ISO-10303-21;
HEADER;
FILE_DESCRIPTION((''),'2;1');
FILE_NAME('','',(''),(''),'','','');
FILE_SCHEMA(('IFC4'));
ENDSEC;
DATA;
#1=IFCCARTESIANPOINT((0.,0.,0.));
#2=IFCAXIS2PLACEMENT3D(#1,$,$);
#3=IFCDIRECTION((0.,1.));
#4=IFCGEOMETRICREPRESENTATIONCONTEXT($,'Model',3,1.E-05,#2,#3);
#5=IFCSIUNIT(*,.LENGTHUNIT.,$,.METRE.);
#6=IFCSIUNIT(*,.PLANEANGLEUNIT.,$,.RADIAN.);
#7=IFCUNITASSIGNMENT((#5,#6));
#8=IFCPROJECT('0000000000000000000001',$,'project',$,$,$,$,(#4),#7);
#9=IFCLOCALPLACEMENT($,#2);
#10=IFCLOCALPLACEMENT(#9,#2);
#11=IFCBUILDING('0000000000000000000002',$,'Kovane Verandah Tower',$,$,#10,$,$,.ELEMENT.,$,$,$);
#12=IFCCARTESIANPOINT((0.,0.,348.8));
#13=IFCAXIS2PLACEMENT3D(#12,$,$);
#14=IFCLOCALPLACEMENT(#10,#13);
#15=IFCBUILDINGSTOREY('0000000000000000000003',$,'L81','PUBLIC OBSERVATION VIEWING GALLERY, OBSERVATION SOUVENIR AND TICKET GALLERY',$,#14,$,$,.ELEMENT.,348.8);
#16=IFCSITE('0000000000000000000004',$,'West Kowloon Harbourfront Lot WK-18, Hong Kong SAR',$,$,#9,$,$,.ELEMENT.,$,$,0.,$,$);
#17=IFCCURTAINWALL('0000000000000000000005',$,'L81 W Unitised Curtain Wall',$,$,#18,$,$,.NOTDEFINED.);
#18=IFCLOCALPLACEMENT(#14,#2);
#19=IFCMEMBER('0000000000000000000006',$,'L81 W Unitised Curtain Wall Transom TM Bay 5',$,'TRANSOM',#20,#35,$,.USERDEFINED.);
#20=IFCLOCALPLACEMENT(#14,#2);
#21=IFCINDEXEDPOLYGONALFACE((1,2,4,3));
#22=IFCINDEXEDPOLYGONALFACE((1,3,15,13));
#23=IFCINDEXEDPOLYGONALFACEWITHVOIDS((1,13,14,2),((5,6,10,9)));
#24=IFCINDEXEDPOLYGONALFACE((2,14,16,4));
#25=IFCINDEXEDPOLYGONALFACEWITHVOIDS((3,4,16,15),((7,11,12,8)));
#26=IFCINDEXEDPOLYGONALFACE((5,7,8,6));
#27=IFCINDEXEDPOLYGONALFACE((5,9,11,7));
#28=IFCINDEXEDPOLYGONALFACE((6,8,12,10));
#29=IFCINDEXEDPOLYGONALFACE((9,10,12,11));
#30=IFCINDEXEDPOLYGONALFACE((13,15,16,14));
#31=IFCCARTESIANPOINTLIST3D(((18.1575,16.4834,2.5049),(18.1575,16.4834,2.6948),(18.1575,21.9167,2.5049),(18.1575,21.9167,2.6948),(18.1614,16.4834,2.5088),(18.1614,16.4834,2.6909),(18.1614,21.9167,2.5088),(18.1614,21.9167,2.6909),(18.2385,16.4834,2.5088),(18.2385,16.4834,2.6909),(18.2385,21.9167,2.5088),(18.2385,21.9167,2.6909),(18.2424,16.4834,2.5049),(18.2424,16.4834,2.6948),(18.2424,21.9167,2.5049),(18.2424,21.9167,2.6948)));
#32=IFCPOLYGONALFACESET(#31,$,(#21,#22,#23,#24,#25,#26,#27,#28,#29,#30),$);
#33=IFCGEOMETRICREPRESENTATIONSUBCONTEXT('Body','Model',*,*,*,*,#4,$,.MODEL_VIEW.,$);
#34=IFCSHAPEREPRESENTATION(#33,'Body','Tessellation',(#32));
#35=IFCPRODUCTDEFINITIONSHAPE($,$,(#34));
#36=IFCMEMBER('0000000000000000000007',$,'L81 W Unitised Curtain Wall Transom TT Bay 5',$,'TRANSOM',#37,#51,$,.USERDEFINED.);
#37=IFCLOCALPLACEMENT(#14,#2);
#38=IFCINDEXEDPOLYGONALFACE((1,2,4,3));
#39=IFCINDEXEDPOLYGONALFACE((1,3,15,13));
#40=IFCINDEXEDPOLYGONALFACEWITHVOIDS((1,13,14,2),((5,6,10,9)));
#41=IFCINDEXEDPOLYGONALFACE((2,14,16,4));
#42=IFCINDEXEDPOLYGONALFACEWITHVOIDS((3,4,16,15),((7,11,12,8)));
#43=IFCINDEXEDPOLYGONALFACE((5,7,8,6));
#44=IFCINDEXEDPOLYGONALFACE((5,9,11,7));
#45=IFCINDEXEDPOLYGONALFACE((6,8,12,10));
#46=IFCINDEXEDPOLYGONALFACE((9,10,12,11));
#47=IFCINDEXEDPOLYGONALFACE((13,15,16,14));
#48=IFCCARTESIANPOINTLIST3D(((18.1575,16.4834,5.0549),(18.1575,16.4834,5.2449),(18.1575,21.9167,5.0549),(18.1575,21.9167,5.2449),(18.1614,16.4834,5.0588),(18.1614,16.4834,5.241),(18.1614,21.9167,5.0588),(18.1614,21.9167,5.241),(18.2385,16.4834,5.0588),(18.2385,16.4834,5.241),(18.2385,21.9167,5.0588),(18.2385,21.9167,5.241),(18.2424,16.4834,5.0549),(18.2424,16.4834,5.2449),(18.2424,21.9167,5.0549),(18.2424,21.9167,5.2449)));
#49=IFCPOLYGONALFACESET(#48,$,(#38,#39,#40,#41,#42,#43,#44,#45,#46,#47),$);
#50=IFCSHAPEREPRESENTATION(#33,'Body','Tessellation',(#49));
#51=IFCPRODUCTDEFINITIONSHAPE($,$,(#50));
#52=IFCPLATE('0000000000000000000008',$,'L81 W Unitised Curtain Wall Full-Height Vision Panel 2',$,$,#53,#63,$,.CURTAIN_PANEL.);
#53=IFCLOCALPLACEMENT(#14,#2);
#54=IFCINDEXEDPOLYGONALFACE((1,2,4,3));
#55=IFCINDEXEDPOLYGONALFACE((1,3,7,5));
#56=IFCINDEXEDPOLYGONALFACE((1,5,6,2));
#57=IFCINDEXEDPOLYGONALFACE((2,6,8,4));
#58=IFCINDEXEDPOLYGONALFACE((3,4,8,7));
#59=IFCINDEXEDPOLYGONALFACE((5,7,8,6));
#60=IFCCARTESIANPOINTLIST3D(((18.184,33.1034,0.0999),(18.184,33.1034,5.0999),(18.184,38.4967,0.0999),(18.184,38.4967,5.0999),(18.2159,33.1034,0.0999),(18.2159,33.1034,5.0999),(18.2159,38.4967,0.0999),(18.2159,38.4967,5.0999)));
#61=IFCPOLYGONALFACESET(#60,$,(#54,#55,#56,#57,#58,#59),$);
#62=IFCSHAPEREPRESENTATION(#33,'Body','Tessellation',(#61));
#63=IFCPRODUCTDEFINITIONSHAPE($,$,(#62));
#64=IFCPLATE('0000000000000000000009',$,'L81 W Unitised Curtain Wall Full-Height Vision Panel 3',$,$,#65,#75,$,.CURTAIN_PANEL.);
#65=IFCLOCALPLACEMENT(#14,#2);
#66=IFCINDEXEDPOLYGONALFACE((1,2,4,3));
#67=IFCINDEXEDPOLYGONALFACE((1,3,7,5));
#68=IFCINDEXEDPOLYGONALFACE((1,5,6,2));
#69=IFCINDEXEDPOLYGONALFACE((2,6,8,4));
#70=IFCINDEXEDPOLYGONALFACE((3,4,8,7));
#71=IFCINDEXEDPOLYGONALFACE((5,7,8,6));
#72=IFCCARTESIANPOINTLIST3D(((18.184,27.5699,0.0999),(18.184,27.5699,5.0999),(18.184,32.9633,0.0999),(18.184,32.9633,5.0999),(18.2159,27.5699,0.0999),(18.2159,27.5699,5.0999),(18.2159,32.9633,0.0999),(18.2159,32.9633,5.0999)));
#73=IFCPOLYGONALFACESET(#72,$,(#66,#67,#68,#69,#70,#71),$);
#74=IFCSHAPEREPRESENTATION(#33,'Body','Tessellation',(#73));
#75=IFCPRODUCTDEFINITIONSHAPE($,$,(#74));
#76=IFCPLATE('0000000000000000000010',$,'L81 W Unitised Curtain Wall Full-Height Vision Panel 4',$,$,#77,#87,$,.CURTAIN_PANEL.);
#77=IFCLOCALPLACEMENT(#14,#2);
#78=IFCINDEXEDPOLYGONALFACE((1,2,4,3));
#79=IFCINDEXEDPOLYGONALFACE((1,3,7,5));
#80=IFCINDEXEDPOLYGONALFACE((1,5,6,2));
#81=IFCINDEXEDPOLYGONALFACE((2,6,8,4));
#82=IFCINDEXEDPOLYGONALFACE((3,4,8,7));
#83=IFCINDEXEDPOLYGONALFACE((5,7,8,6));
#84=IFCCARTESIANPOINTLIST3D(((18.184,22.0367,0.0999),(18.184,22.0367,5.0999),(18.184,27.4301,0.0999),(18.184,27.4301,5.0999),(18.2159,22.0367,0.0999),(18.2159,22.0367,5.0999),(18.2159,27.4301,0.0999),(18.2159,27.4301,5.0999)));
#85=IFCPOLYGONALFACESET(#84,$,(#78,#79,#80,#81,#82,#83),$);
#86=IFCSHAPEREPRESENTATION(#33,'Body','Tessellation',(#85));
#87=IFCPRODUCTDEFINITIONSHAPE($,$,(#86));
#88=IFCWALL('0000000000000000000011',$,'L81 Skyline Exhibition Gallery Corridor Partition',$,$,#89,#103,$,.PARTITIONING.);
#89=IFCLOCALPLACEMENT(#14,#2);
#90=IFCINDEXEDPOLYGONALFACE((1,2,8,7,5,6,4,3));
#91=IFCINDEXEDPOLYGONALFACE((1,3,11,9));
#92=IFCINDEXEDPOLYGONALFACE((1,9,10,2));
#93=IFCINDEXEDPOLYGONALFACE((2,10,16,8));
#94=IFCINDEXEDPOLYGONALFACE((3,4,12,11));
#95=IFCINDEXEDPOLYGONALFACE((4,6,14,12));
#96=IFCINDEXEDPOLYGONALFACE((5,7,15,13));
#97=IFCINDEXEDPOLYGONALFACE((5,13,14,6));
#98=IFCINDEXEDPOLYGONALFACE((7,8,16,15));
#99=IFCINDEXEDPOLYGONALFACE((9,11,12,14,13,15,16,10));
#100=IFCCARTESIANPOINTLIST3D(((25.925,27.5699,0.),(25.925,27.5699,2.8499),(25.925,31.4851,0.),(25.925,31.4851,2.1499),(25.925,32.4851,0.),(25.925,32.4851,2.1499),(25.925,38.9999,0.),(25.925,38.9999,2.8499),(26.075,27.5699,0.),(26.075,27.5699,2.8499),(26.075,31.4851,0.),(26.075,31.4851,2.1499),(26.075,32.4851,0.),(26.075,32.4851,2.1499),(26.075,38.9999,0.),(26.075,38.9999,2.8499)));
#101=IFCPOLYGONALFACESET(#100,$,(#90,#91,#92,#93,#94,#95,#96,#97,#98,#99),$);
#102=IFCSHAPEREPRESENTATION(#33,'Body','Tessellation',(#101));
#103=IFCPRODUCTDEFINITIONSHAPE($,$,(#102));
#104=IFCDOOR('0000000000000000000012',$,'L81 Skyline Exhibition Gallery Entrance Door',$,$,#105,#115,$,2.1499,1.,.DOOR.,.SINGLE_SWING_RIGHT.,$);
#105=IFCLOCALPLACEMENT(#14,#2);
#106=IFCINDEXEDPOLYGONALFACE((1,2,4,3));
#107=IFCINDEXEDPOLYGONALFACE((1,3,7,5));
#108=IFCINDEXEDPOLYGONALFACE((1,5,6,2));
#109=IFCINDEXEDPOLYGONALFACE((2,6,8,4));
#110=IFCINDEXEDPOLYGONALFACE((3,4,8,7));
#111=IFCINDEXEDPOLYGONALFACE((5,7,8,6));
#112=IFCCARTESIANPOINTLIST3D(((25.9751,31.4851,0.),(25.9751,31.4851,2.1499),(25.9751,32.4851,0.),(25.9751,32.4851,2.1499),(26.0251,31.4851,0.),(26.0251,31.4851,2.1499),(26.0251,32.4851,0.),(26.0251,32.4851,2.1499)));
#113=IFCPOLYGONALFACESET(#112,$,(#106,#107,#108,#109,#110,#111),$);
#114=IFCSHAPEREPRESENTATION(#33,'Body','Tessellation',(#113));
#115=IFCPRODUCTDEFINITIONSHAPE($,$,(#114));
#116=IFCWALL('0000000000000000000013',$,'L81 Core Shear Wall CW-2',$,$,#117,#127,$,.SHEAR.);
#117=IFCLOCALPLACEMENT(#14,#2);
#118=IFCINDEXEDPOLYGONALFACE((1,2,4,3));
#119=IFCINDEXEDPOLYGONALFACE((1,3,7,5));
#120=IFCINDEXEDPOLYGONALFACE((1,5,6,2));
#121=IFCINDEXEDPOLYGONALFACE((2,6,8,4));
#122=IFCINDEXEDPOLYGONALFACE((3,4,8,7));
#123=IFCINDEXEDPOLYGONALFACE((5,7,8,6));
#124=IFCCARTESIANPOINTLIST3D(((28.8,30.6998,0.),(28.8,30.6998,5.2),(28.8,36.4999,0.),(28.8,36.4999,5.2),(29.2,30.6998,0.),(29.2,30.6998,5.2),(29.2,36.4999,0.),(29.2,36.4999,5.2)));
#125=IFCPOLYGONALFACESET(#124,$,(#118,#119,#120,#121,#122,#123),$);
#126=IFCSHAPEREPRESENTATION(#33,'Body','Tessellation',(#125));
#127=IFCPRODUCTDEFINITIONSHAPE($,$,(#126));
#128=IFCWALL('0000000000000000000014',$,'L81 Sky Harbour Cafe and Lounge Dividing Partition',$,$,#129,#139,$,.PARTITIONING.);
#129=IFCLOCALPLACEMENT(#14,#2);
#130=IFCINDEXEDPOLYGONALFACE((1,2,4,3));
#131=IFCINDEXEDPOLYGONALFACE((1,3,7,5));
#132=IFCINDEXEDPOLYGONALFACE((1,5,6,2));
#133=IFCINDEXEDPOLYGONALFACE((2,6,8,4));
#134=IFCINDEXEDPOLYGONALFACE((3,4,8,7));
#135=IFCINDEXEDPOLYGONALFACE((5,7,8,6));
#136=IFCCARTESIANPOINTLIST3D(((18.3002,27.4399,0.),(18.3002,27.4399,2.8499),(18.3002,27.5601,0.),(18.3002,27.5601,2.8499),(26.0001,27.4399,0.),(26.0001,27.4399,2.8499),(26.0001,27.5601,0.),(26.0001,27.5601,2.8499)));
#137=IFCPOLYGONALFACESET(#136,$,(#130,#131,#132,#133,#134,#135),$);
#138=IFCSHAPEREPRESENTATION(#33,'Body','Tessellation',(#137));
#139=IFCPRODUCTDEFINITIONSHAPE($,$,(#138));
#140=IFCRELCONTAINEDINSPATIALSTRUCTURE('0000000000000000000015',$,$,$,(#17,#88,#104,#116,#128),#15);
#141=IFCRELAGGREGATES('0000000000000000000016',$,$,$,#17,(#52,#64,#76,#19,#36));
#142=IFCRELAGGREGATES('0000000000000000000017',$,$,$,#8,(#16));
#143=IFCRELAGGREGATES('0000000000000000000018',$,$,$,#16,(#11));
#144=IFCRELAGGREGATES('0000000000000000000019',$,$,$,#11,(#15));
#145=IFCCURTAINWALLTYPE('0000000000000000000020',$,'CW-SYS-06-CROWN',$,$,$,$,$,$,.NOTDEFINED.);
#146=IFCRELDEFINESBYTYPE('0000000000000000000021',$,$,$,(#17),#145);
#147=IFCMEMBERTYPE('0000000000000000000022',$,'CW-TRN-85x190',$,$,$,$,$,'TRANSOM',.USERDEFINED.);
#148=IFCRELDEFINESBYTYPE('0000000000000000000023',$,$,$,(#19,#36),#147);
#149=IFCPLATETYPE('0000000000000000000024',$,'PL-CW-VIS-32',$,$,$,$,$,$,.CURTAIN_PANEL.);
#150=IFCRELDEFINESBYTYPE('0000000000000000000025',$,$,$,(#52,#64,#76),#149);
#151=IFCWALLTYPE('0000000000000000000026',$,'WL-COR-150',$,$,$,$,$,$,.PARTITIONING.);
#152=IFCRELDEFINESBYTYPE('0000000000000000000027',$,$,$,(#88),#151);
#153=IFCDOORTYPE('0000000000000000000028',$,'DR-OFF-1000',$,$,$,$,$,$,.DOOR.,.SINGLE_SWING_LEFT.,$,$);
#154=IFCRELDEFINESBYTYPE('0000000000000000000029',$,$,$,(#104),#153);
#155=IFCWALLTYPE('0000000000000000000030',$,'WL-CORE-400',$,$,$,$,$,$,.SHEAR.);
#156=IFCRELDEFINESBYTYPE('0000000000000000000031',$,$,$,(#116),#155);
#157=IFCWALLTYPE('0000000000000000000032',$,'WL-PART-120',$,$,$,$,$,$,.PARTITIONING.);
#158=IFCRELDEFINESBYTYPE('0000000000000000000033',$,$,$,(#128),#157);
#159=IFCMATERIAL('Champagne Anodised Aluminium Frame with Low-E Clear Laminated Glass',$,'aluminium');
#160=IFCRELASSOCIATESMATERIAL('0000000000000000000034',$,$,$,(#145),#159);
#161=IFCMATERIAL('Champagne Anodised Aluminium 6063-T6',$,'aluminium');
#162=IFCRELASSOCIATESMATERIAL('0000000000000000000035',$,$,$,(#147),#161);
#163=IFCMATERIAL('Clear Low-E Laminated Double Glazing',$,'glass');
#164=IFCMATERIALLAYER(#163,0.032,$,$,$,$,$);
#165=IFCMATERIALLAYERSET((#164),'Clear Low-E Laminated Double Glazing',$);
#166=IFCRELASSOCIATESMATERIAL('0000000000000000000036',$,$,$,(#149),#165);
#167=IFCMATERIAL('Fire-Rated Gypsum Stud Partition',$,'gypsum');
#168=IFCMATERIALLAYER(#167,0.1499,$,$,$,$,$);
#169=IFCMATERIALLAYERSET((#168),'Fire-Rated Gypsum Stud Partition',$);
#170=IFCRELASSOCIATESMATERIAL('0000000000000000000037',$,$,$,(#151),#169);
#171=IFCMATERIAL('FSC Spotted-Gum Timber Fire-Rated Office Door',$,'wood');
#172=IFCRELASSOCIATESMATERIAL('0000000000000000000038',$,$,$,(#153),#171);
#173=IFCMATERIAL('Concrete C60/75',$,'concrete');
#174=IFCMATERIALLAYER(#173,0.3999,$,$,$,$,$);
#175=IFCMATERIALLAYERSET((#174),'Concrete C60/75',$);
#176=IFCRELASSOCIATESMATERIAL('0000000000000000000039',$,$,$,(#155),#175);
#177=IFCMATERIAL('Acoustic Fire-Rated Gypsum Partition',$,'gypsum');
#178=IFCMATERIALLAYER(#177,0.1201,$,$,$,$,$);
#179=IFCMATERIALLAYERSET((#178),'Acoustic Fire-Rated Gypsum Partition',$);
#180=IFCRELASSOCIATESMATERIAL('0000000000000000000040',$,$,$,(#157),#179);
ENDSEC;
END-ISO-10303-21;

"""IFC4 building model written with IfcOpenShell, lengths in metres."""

from ifc_helpers import new_model, si_unit, direction, frame, frame_2d, origin, origin_2d, place, context, subcontext, project, spatial, rectangle, hollow_rectangle, extrude, material, layer, layer_set, material_profile, profile_set, type_object, element, fill, aggregate, save


model = new_model("IFC4")

# Units and contexts
model_context = context("Model", 3, precision=1e-05, world=origin(), true_north=direction((0.0, 1.0)))
body_context = subcontext(model_context, "Body", "Model", "MODEL_VIEW")
ifc_project = project(units=[si_unit("LENGTHUNIT", "METRE"), si_unit("PLANEANGLEUNIT", "RADIAN")], contexts=[model_context])

# Site, building, storey
site_placement = place(None, origin())
site = spatial("IfcSite", under=ifc_project, at=site_placement, Name="West Kowloon Harbourfront Lot WK-18, Hong Kong SAR", CompositionType="ELEMENT", RefElevation=0.0)
building_placement = place(site_placement, origin())
building = spatial("IfcBuilding", under=site, at=building_placement, Name="Kovane Verandah Tower", CompositionType="ELEMENT")
storey_placement = place(building_placement, frame((0.0, 0.0, 348.8)))
storey = spatial("IfcBuildingStorey", under=building, at=storey_placement, Name="L81", Description="PUBLIC OBSERVATION VIEWING GALLERY, OBSERVATION SOUVENIR AND TICKET GALLERY", CompositionType="ELEMENT", Elevation=348.8)

# Shared definitions
ifc_material_1 = material(Name="Concrete C60/75", Category="concrete")

# Curtain wall, members, plates
ifc_material_2 = material(Name="Champagne Anodised Aluminium Frame with Low-E Clear Laminated Glass", Category="aluminium")
curtain_wall_type = type_object("IfcCurtainWallType", Name="CW-SYS-06-CROWN", PredefinedType="NOTDEFINED", material=ifc_material_2)
curtain_wall_placement = place(storey_placement, origin())
curtain_wall = element("IfcCurtainWall", 1, at=curtain_wall_placement, inside=storey, type_object=curtain_wall_type, Name="L81 W Unitised Curtain Wall", PredefinedType="NOTDEFINED")
ifc_material_3 = material(Name="Champagne Anodised Aluminium 6063-T6", Category="aluminium")
ifc_material_profile_1 = material_profile(ifc_material_3, hollow_rectangle(XDim=0.085, YDim=0.1899, WallThickness=0.0039, at=origin_2d()), Name="AL85x190x4")
ifc_profile_set_1 = profile_set([ifc_material_profile_1], Name="Champagne Anodised Aluminium 6063-T6")
member_type_1 = type_object("IfcMemberType", Name="CW-TRN-85x190", ElementType="TRANSOM", PredefinedType="USERDEFINED", material=ifc_profile_set_1)
member_1_placement = place(storey_placement, frame((18.2, 21.9167, 2.5999), z_axis=(0.0, -1.0, 0.0), x_axis=(1.0, 0.0, 0.0)))
member_1 = element("IfcMember", 2, at=member_1_placement, type_object=member_type_1, Name="L81 W Unitised Curtain Wall Transom TM Bay 5", ObjectType="TRANSOM", PredefinedType="USERDEFINED", context=body_context, shape_type="SweptSolid", body=[
    extrude(hollow_rectangle(XDim=0.085, YDim=0.1899, WallThickness=0.0039, at=origin_2d()), origin(), (0.0, 0.0, 1.0), 5.4333),
])
member_2_placement = place(storey_placement, frame((18.2, 21.9167, 5.1499), z_axis=(0.0, -1.0, 0.0), x_axis=(1.0, 0.0, 0.0)))
member_2 = element("IfcMember", 3, at=member_2_placement, type_object=member_type_1, Name="L81 W Unitised Curtain Wall Transom TT Bay 5", ObjectType="TRANSOM", PredefinedType="USERDEFINED", context=body_context, shape_type="SweptSolid", body=[
    extrude(hollow_rectangle(XDim=0.085, YDim=0.1899, WallThickness=0.0039, at=origin_2d()), origin(), (0.0, 0.0, 1.0), 5.4333),
])
ifc_material_4 = material(Name="Clear Low-E Laminated Double Glazing", Category="glass")
ifc_layer_1 = layer(ifc_material_4, 0.032)
ifc_layer_set_1 = layer_set([ifc_layer_1], Name="Clear Low-E Laminated Double Glazing")
plate_type = type_object("IfcPlateType", Name="PL-CW-VIS-32", PredefinedType="CURTAIN_PANEL", material=ifc_layer_set_1)
plate_1_placement = place(storey_placement, frame((18.2, 35.8, 0.0999), z_axis=(0.0, 0.0, 1.0), x_axis=(0.0, -1.0, 0.0)))
plate_1 = element("IfcPlate", 4, at=plate_1_placement, type_object=plate_type, Name="L81 W Unitised Curtain Wall Full-Height Vision Panel 2", PredefinedType="CURTAIN_PANEL", context=body_context, shape_type="SweptSolid", body=[
    extrude(rectangle(XDim=5.3933, YDim=0.032, at=origin_2d()), origin(), (0.0, 0.0, 1.0), 5.0),
])
plate_2_placement = place(storey_placement, frame((18.2, 30.2666, 0.0999), z_axis=(0.0, 0.0, 1.0), x_axis=(0.0, -1.0, 0.0)))
plate_2 = element("IfcPlate", 5, at=plate_2_placement, type_object=plate_type, Name="L81 W Unitised Curtain Wall Full-Height Vision Panel 3", PredefinedType="CURTAIN_PANEL", context=body_context, shape_type="SweptSolid", body=[
    extrude(rectangle(XDim=5.3933, YDim=0.032, at=origin_2d()), origin(), (0.0, 0.0, 1.0), 5.0),
])
plate_3_placement = place(storey_placement, frame((18.2, 24.7334, 0.0999), z_axis=(0.0, 0.0, 1.0), x_axis=(0.0, -1.0, 0.0)))
plate_3 = element("IfcPlate", 6, at=plate_3_placement, type_object=plate_type, Name="L81 W Unitised Curtain Wall Full-Height Vision Panel 4", PredefinedType="CURTAIN_PANEL", context=body_context, shape_type="SweptSolid", body=[
    extrude(rectangle(XDim=5.3933, YDim=0.032, at=origin_2d()), origin(), (0.0, 0.0, 1.0), 5.0),
])
aggregate(curtain_wall, [plate_1, plate_2, plate_3, member_1, member_2])

# Wall, opening, door
ifc_material_5 = material(Name="Fire-Rated Gypsum Stud Partition", Category="gypsum")
ifc_layer_2 = layer(ifc_material_5, 0.1499)
ifc_layer_set_2 = layer_set([ifc_layer_2], Name="Fire-Rated Gypsum Stud Partition")
wall_type_1 = type_object("IfcWallType", Name="WL-COR-150", PredefinedType="PARTITIONING", material=ifc_layer_set_2)
wall_1_placement = place(storey_placement, frame((26.0, 27.5701, 0.0), z_axis=(0.0, 0.0, 1.0), x_axis=(0.0, 1.0, 0.0)))
wall_1 = element("IfcWall", 7, at=wall_1_placement, inside=storey, type_object=wall_type_1, Name="L81 Skyline Exhibition Gallery Corridor Partition", PredefinedType="PARTITIONING", context=body_context, shape_type="SweptSolid", body=[
    extrude(rectangle(XDim=11.4299, YDim=0.1499, at=frame_2d((5.7148, 0.0))), origin(), (0.0, 0.0, 1.0), 2.8499),
])
opening_1_placement = place(wall_1_placement, frame((3.915, 0.0, 0.0)))
opening_1 = element("IfcOpeningElement", 8, at=opening_1_placement, cuts=wall_1, PredefinedType="OPENING", context=body_context, shape_type="SweptSolid", body=[
    extrude(rectangle(XDim=1.0, YDim=2.1499, at=frame_2d((0.5, 1.075))), frame((0.0, 0.075, 0.0), z_axis=(0.0, -1.0, 0.0), x_axis=(1.0, 0.0, 0.0)), (0.0, 0.0, 1.0), 0.1499),
])
ifc_material_6 = material(Name="FSC Spotted-Gum Timber Fire-Rated Office Door", Category="wood")
door_type_1 = type_object("IfcDoorType", Name="DR-OFF-1000", OperationType="SINGLE_SWING_LEFT", PredefinedType="DOOR", material=ifc_material_6)
door_1_placement = place(opening_1_placement, origin())
door_1 = element("IfcDoor", 9, at=door_1_placement, inside=storey, type_object=door_type_1, Name="L81 Skyline Exhibition Gallery Entrance Door", OperationType="SINGLE_SWING_RIGHT", OverallHeight=2.1499, OverallWidth=1.0, PredefinedType="DOOR", context=body_context, shape_type="SweptSolid", body=[
    extrude(rectangle(XDim=1.0, YDim=2.1499, at=frame_2d((0.5, 1.075))), frame((0.0, 0.0249, 0.0), z_axis=(0.0, -1.0, 0.0), x_axis=(1.0, 0.0, 0.0)), (0.0, 0.0, 1.0), 0.05),
])
fill(opening_1, door_1)

# Wall
ifc_layer_3 = layer(ifc_material_1, 0.3999)
ifc_layer_set_3 = layer_set([ifc_layer_3], Name="Concrete C60/75")
wall_type_2 = type_object("IfcWallType", Name="WL-CORE-400", PredefinedType="SHEAR", material=ifc_layer_set_3)
wall_2_placement = place(storey_placement, frame((29.0, 30.7, 0.0), z_axis=(0.0, 0.0, 1.0), x_axis=(0.0, 1.0, 0.0)))
element("IfcWall", 10, at=wall_2_placement, inside=storey, type_object=wall_type_2, Name="L81 Core Shear Wall CW-2", PredefinedType="SHEAR", context=body_context, shape_type="SweptSolid", body=[
    extrude(rectangle(XDim=5.8, YDim=0.3999, at=frame_2d((2.8999, 0.0))), origin(), (0.0, 0.0, 1.0), 5.2),
])

# Wall
ifc_material_7 = material(Name="Acoustic Fire-Rated Gypsum Partition", Category="gypsum")
ifc_layer_4 = layer(ifc_material_7, 0.1201)
ifc_layer_set_4 = layer_set([ifc_layer_4], Name="Acoustic Fire-Rated Gypsum Partition")
wall_type_3 = type_object("IfcWallType", Name="WL-PART-120", PredefinedType="PARTITIONING", material=ifc_layer_set_4)
wall_3_placement = place(storey_placement, frame((18.3, 27.5, 0.0), z_axis=(0.0, 0.0, 1.0), x_axis=(1.0, 0.0, 0.0)))
element("IfcWall", 11, at=wall_3_placement, inside=storey, type_object=wall_type_3, Name="L81 Sky Harbour Cafe and Lounge Dividing Partition", PredefinedType="PARTITIONING", context=body_context, shape_type="SweptSolid", body=[
    extrude(rectangle(XDim=7.7, YDim=0.1201, at=frame_2d((3.8501, 0.0))), origin(), (0.0, 0.0, 1.0), 2.8499),
])

save(model, "model.ifc")
